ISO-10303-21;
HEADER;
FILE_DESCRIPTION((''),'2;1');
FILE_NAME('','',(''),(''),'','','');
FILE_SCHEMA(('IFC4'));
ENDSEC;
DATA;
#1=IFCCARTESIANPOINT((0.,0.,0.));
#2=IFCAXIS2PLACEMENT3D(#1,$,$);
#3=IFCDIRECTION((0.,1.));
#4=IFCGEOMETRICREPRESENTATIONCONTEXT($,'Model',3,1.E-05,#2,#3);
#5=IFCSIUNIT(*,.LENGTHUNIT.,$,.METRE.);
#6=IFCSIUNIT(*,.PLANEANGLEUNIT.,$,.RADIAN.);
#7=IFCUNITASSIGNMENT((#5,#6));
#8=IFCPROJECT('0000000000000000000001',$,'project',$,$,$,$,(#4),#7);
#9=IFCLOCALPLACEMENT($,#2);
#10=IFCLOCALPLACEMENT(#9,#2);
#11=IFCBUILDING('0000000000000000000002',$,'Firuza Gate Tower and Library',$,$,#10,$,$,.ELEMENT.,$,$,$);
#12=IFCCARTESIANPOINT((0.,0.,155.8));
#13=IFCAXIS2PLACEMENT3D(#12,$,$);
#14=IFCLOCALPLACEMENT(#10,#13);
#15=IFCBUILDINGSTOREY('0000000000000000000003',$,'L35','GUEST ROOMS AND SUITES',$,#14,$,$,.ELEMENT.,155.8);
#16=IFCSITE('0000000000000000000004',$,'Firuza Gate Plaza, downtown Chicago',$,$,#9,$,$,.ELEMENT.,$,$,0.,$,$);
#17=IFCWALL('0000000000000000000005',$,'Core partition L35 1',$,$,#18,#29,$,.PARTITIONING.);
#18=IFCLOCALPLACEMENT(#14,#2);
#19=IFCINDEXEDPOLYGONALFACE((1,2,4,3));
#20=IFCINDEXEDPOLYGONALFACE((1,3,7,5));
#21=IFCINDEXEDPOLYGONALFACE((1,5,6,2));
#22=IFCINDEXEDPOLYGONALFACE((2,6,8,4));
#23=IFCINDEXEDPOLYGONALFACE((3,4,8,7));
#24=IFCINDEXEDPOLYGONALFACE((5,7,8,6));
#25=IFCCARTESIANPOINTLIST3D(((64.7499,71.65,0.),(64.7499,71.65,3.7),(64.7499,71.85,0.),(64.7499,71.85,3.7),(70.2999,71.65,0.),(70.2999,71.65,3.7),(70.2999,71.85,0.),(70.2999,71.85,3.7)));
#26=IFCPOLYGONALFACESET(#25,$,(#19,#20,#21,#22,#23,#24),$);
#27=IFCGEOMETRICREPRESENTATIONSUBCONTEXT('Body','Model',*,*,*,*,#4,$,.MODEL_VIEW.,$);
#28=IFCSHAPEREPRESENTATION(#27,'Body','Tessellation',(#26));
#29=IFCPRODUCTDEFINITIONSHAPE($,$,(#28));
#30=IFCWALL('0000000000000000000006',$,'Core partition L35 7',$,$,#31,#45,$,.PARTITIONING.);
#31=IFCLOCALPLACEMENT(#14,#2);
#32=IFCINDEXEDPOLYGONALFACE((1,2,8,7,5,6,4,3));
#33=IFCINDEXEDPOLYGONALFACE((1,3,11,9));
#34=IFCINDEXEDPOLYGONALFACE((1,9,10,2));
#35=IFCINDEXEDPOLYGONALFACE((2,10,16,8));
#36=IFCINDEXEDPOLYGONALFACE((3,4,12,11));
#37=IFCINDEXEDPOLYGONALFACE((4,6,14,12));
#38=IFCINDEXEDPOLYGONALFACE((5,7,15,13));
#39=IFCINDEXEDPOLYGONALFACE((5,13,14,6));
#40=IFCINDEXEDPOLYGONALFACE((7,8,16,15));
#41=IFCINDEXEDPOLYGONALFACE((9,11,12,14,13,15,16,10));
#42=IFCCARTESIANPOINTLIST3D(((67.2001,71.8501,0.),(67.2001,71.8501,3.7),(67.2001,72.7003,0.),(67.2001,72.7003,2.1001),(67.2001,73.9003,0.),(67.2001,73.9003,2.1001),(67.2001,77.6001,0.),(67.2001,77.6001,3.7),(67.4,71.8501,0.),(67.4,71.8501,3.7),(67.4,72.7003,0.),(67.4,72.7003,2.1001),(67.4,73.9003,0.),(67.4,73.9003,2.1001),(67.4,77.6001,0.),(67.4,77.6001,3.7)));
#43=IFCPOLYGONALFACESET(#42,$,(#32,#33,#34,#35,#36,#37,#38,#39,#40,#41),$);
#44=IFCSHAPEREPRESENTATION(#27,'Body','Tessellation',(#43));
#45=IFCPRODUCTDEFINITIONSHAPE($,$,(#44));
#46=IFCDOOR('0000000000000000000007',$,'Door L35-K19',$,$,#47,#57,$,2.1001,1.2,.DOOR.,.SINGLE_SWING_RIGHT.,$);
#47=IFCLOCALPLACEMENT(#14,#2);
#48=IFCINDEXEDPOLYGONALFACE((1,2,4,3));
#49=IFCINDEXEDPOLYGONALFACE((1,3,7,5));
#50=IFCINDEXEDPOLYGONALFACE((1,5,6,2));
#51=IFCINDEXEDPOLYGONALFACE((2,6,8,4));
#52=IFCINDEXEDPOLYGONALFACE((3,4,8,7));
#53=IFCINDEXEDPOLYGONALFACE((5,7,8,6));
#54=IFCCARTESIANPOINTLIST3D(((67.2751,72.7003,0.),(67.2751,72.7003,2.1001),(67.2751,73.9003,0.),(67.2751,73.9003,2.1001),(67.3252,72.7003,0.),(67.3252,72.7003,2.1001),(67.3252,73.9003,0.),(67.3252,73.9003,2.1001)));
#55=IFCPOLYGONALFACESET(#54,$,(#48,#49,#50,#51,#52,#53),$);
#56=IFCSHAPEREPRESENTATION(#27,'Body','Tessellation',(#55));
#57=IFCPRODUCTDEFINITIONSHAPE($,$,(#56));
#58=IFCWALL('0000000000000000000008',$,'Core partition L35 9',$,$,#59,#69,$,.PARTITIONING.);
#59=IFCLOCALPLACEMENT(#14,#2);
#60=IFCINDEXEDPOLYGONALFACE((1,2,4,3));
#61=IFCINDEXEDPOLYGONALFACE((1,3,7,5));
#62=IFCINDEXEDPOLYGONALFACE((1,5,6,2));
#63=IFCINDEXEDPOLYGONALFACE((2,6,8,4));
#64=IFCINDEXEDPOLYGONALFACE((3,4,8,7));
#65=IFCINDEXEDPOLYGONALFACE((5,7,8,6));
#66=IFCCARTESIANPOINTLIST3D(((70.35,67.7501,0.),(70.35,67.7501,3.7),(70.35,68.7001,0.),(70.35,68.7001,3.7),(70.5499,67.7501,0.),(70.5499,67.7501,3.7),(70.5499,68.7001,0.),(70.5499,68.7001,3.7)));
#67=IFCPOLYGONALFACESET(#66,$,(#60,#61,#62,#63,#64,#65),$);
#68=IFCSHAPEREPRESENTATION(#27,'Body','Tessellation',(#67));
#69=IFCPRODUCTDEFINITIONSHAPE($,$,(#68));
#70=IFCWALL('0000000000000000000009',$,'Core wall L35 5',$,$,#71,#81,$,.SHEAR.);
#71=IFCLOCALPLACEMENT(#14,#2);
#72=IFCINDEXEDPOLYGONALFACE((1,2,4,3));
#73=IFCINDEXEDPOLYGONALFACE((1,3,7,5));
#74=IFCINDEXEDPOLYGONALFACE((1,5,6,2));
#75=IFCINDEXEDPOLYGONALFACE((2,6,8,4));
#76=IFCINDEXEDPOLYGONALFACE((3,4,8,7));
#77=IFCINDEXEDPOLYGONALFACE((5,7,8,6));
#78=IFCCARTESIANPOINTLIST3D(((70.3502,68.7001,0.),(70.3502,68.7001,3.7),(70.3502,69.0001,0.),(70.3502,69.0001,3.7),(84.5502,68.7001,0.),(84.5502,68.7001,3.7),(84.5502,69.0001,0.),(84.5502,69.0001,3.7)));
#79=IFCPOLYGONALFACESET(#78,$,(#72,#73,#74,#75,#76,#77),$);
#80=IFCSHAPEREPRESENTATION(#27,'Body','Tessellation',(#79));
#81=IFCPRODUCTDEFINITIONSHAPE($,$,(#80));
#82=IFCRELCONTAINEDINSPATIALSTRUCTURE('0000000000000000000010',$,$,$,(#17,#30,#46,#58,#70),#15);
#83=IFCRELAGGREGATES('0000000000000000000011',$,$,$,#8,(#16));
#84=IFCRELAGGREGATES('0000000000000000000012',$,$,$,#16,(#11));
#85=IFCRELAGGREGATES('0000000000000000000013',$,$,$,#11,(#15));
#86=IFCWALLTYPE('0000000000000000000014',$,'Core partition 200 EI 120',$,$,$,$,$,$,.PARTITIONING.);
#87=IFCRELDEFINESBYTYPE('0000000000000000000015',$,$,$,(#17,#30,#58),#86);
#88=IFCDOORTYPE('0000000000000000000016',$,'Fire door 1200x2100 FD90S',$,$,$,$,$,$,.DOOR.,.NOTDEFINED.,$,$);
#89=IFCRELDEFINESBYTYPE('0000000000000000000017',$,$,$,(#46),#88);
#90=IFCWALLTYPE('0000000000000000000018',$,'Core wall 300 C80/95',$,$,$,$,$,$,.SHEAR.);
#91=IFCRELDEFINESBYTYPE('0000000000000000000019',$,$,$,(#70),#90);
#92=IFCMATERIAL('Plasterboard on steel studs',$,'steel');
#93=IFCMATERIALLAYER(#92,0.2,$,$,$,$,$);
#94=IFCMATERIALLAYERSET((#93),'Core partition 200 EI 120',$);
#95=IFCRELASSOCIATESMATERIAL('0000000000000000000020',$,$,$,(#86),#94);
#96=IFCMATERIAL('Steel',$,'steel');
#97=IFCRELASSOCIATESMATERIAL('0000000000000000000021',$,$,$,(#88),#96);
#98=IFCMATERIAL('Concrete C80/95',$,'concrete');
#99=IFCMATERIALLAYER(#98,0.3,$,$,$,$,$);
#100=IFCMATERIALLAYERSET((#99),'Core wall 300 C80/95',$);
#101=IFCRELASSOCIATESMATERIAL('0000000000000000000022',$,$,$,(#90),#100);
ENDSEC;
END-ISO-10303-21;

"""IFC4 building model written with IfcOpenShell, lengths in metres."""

from ifc_helpers import new_model, si_unit, direction, frame, frame_2d, origin, place, context, subcontext, project, spatial, rectangle, extrude, material, layer, layer_set, type_object, element, fill, save


model = new_model("IFC4")

# Units and contexts
model_context = context("Model", 3, precision=1e-05, world=origin(), true_north=direction((0.0, 1.0)))
body_context = subcontext(model_context, "Body", "Model", "MODEL_VIEW")
ifc_project = project(units=[si_unit("LENGTHUNIT", "METRE"), si_unit("PLANEANGLEUNIT", "RADIAN")], contexts=[model_context])

# Site, building, storey
site_placement = place(None, origin())
site = spatial("IfcSite", under=ifc_project, at=site_placement, Name="Firuza Gate Plaza, downtown Chicago", CompositionType="ELEMENT", RefElevation=0.0)
building_placement = place(site_placement, origin())
building = spatial("IfcBuilding", under=site, at=building_placement, Name="Firuza Gate Tower and Library", CompositionType="ELEMENT")
storey_placement = place(building_placement, frame((0.0, 0.0, 155.8)))
storey = spatial("IfcBuildingStorey", under=building, at=storey_placement, Name="L35", Description="GUEST ROOMS AND SUITES", CompositionType="ELEMENT", Elevation=155.8)

# Wall
ifc_material_1 = material(Name="Plasterboard on steel studs", Category="steel")
ifc_layer_1 = layer(ifc_material_1, 0.2)
ifc_layer_set_1 = layer_set([ifc_layer_1], Name="Core partition 200 EI 120")
wall_type_1 = type_object("IfcWallType", Name="Core partition 200 EI 120", PredefinedType="PARTITIONING", material=ifc_layer_set_1)
wall_1_placement = place(storey_placement, frame((64.75, 71.75, 0.0), z_axis=(0.0, 0.0, 1.0), x_axis=(1.0, 0.0, 0.0)))
element("IfcWall", 1, at=wall_1_placement, inside=storey, type_object=wall_type_1, Name="Core partition L35 1", PredefinedType="PARTITIONING", context=body_context, shape_type="SweptSolid", body=[
    extrude(rectangle(XDim=5.55, YDim=0.2, at=frame_2d((2.7749, 0.0))), origin(), (0.0, 0.0, 1.0), 3.7),
])

# Wall, opening, door
wall_2_placement = place(storey_placement, frame((67.3, 71.8501, 0.0), z_axis=(0.0, 0.0, 1.0), x_axis=(0.0, 1.0, 0.0)))
wall_2 = element("IfcWall", 2, at=wall_2_placement, inside=storey, type_object=wall_type_1, Name="Core partition L35 7", PredefinedType="PARTITIONING", context=body_context, shape_type="SweptSolid", body=[
    extrude(rectangle(XDim=5.75, YDim=0.2, at=frame_2d((2.875, 0.0))), origin(), (0.0, 0.0, 1.0), 3.7),
])
opening_1_placement = place(wall_2_placement, frame((0.8501, 0.0, 0.0)))
opening_1 = element("IfcOpeningElement", 3, at=opening_1_placement, cuts=wall_2, PredefinedType="OPENING", context=body_context, shape_type="SweptSolid", body=[
    extrude(rectangle(XDim=1.2, YDim=2.1001, at=frame_2d((0.6001, 1.05))), frame((0.0, 0.1099, 0.0), z_axis=(0.0, -1.0, 0.0), x_axis=(1.0, 0.0, 0.0)), (0.0, 0.0, 1.0), 0.22),
])
ifc_material_2 = material(Name="Steel", Category="steel")
door_type_1 = type_object("IfcDoorType", Name="Fire door 1200x2100 FD90S", OperationType="NOTDEFINED", PredefinedType="DOOR", material=ifc_material_2)
door_1_placement = place(opening_1_placement, origin())
door_1 = element("IfcDoor", 4, at=door_1_placement, inside=storey, type_object=door_type_1, Name="Door L35-K19", OperationType="SINGLE_SWING_RIGHT", OverallHeight=2.1001, OverallWidth=1.2, PredefinedType="DOOR", context=body_context, shape_type="SweptSolid", body=[
    extrude(rectangle(XDim=1.2, YDim=2.1001, at=frame_2d((0.6001, 1.05))), frame((0.0, 0.0249, 0.0), z_axis=(0.0, -1.0, 0.0), x_axis=(1.0, 0.0, 0.0)), (0.0, 0.0, 1.0), 0.05),
])
fill(opening_1, door_1)

# Walls
wall_3_placement = place(storey_placement, frame((70.45, 67.75, 0.0), z_axis=(0.0, 0.0, 1.0), x_axis=(0.0, 1.0, 0.0)))
element("IfcWall", 5, at=wall_3_placement, inside=storey, type_object=wall_type_1, Name="Core partition L35 9", PredefinedType="PARTITIONING", context=body_context, shape_type="SweptSolid", body=[
    extrude(rectangle(XDim=0.95, YDim=0.2, at=frame_2d((0.4751, 0.0))), origin(), (0.0, 0.0, 1.0), 3.7),
])
ifc_material_3 = material(Name="Concrete C80/95", Category="concrete")
ifc_layer_2 = layer(ifc_material_3, 0.3)
ifc_layer_set_2 = layer_set([ifc_layer_2], Name="Core wall 300 C80/95")
wall_type_2 = type_object("IfcWallType", Name="Core wall 300 C80/95", PredefinedType="SHEAR", material=ifc_layer_set_2)
wall_4_placement = place(storey_placement, frame((70.3501, 68.8501, 0.0), z_axis=(0.0, 0.0, 1.0), x_axis=(1.0, 0.0, 0.0)))
element("IfcWall", 6, at=wall_4_placement, inside=storey, type_object=wall_type_2, Name="Core wall L35 5", PredefinedType="SHEAR", context=body_context, shape_type="SweptSolid", body=[
    extrude(rectangle(XDim=14.2, YDim=0.3, at=frame_2d((7.1001, 0.0))), origin(), (0.0, 0.0, 1.0), 3.7),
])

save(model, "model.ifc")
